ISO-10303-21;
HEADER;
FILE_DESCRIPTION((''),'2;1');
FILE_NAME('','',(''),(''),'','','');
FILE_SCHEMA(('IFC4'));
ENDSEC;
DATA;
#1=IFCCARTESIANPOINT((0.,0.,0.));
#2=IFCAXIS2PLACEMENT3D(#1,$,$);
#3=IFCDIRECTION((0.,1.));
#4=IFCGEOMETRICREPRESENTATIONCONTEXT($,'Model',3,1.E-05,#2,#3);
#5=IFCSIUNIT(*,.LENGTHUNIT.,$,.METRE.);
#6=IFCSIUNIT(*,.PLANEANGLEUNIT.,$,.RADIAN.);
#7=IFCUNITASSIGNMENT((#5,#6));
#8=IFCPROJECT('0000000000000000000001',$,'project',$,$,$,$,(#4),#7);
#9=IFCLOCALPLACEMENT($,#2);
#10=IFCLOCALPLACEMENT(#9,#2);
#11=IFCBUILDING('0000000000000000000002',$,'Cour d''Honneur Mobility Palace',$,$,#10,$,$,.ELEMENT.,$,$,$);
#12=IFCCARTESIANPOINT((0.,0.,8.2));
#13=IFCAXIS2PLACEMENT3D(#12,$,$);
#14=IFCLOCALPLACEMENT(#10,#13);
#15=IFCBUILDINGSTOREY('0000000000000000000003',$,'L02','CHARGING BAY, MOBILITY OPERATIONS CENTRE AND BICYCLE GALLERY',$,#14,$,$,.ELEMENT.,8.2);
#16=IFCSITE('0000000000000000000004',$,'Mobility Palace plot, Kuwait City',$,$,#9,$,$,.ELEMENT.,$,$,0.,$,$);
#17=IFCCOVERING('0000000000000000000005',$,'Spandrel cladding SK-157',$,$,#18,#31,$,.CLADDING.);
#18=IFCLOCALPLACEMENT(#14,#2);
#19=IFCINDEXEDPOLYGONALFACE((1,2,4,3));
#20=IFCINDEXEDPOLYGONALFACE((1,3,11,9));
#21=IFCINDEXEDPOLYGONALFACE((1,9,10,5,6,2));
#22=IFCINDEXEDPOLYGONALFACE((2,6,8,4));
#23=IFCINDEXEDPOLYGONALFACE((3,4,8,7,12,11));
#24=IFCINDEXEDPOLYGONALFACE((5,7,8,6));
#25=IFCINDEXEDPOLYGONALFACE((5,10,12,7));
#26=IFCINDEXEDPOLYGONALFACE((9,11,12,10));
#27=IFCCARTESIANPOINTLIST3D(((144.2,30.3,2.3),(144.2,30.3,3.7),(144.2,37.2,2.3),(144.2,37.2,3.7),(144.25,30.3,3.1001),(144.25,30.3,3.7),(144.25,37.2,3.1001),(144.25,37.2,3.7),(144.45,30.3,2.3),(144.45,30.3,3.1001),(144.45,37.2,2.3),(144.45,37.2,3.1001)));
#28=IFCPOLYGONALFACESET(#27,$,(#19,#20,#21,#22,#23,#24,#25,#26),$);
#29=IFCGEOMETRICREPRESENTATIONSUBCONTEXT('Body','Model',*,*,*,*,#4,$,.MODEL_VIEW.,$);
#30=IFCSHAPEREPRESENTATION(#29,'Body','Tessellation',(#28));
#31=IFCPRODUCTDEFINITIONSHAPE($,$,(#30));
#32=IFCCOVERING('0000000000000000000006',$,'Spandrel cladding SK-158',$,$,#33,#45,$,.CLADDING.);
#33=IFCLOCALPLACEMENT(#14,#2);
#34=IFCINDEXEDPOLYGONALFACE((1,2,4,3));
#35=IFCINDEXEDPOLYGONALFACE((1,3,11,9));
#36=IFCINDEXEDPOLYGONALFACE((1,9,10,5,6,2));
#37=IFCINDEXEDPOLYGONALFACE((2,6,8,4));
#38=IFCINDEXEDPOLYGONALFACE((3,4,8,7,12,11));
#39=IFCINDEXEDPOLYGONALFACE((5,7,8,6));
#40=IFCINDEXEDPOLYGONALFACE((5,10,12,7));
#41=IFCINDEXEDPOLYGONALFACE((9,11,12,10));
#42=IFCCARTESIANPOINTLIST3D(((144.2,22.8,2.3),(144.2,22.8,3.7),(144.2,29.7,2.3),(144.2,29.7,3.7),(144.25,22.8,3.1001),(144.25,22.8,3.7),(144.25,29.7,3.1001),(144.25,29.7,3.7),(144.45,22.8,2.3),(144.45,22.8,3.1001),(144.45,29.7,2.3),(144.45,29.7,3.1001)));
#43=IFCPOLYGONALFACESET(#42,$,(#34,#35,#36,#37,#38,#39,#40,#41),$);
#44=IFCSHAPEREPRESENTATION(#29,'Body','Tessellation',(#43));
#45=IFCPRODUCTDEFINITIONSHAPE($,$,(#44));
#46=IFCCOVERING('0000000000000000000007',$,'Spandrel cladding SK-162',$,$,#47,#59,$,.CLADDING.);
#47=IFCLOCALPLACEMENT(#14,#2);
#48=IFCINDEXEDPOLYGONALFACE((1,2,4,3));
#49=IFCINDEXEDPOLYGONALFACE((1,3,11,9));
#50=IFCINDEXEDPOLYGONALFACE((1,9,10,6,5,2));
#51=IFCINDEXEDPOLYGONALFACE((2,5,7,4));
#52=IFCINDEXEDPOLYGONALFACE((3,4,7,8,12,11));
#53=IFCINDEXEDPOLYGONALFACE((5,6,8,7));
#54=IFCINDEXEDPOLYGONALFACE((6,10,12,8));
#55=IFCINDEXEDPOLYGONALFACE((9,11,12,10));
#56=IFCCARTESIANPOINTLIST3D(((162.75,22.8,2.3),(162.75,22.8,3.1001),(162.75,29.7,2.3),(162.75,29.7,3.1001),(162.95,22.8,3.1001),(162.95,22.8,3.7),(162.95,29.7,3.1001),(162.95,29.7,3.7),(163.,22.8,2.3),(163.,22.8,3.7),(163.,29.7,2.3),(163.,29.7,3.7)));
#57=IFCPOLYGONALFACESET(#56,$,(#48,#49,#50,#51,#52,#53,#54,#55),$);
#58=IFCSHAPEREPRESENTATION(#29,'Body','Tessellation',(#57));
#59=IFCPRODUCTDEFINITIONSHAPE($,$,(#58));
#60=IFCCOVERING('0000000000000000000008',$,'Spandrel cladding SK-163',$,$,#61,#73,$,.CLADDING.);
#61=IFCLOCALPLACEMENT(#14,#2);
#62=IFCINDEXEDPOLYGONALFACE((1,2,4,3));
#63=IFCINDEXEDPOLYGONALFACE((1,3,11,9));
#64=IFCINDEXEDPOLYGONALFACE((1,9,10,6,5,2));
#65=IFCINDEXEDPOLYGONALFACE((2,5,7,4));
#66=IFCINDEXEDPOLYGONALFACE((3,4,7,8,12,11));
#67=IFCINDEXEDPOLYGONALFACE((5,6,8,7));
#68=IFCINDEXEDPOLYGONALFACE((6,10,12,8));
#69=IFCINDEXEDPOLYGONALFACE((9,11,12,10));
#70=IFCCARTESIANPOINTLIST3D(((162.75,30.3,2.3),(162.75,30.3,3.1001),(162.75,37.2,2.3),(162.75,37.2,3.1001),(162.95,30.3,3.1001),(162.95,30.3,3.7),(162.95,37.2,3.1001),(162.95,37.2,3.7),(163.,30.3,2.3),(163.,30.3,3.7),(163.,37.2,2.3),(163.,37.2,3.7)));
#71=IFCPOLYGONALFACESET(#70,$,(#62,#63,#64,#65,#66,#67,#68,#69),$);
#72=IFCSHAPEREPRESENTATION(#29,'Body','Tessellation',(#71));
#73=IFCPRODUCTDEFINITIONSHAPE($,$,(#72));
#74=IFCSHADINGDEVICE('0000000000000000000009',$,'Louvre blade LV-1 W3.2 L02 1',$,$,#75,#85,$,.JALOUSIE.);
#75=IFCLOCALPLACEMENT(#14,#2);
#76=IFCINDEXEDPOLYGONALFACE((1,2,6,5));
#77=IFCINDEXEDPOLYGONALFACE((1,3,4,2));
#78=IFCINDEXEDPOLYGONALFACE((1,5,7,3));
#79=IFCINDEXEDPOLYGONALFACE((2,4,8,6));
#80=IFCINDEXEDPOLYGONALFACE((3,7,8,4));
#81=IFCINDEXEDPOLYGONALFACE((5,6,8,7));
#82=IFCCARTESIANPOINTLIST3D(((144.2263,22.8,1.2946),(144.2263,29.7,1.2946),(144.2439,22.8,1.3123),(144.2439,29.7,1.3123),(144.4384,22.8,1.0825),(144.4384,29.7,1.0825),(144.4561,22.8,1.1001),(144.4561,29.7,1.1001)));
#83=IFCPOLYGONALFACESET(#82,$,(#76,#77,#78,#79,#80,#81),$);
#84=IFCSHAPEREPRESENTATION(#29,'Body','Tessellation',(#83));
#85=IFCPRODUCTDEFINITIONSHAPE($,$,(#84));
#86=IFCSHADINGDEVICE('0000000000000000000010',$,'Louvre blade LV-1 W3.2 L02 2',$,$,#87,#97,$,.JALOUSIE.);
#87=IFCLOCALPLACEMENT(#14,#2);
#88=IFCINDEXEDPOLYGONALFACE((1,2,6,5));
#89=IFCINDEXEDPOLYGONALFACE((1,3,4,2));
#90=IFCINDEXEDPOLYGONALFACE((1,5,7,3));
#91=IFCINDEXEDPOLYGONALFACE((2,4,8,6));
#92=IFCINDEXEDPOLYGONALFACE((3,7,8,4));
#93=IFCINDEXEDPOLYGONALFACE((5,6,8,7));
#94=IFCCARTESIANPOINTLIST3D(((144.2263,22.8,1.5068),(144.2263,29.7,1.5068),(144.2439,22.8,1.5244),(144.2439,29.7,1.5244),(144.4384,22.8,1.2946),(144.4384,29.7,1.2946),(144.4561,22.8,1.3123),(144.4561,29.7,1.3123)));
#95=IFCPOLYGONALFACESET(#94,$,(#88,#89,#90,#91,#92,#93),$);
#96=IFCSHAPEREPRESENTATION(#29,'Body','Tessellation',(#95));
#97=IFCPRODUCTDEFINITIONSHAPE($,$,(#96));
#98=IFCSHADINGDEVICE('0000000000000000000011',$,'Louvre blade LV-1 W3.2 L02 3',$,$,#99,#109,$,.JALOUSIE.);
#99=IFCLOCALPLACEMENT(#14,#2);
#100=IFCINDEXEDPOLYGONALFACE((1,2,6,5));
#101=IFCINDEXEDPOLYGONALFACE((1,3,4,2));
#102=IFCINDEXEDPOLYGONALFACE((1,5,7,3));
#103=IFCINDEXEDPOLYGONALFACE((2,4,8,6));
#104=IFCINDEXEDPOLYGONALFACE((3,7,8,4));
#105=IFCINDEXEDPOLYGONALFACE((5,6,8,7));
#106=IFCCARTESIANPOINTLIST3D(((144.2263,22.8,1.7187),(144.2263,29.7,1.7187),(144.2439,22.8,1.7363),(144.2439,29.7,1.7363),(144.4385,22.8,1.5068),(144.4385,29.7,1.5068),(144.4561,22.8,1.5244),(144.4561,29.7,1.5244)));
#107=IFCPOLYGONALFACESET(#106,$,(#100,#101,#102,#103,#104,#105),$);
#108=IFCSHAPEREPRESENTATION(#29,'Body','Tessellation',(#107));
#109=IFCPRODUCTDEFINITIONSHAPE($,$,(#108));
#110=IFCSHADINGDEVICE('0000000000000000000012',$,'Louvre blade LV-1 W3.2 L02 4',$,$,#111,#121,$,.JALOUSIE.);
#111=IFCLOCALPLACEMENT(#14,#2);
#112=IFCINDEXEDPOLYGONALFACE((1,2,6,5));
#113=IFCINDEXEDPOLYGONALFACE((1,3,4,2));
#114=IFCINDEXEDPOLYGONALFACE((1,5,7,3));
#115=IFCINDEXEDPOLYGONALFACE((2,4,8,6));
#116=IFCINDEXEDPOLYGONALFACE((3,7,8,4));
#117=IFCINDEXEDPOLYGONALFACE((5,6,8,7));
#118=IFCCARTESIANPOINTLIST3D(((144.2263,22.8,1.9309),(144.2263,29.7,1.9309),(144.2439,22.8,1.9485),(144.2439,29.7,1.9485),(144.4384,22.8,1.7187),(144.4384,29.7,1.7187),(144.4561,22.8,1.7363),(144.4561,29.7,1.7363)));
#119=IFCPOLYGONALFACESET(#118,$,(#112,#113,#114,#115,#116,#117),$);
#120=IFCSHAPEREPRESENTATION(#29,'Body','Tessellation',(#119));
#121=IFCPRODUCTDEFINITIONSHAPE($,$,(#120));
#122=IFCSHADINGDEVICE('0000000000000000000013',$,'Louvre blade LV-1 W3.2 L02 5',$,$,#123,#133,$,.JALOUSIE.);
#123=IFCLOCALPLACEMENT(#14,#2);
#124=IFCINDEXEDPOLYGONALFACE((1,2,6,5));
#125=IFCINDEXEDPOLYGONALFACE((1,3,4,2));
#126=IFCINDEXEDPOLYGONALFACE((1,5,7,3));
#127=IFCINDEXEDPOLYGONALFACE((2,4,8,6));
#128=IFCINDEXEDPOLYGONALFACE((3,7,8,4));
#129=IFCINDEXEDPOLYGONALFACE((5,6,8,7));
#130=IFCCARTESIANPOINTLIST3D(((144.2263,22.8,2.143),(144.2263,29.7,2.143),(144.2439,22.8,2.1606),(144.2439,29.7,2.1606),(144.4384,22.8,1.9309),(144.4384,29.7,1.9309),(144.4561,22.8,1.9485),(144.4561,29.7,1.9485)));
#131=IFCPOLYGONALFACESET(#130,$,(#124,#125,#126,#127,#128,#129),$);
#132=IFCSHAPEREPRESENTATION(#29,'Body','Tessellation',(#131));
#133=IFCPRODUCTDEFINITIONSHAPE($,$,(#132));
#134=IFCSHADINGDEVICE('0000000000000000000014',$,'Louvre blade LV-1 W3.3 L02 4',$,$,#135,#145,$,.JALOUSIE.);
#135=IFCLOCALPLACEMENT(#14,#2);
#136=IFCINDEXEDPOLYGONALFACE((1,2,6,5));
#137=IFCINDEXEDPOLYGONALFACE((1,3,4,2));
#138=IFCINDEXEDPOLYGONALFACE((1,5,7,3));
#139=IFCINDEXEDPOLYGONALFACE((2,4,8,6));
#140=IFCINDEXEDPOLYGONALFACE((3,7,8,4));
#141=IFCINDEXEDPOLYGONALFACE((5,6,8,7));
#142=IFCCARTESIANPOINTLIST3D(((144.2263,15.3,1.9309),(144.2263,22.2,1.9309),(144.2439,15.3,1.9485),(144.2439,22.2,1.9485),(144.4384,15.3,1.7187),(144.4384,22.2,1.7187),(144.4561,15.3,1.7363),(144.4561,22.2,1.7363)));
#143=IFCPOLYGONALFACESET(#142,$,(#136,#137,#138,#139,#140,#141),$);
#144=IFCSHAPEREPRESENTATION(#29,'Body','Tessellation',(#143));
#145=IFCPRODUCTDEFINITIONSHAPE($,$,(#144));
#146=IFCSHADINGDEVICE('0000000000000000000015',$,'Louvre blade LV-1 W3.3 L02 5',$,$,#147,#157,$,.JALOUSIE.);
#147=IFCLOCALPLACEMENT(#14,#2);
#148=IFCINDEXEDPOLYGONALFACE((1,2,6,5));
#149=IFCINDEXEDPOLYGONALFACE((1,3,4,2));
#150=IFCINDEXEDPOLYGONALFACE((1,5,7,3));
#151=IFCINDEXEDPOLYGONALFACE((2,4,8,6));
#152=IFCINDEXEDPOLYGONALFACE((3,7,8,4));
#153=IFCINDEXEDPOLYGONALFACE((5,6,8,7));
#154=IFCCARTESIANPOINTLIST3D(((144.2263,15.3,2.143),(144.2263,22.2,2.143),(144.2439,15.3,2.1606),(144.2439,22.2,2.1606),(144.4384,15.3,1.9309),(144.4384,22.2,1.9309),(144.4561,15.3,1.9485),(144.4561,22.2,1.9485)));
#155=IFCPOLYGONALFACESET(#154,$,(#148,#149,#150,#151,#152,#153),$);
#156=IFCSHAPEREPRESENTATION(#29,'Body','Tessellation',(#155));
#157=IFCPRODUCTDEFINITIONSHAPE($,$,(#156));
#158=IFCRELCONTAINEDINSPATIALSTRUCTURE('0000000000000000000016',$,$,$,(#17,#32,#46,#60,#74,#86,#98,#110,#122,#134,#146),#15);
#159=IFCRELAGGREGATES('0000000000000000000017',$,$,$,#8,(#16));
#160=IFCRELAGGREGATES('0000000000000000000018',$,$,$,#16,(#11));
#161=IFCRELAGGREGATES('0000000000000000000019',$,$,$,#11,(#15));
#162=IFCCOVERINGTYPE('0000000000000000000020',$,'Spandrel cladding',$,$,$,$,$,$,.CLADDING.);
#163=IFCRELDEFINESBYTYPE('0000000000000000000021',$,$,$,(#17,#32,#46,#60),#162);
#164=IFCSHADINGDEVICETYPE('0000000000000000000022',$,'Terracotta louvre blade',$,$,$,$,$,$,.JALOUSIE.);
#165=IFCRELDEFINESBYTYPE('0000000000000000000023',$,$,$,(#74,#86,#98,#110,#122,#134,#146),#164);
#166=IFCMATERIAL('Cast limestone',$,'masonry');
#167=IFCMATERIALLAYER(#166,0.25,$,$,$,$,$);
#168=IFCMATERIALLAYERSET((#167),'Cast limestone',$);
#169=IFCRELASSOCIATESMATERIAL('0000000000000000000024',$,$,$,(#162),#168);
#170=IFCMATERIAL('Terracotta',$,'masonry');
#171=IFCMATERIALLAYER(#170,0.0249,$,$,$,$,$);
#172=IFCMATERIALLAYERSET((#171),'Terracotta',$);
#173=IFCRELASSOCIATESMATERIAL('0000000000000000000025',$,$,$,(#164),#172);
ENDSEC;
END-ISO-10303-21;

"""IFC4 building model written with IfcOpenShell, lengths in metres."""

from ifc_helpers import new_model, si_unit, direction, frame, origin, place, context, subcontext, project, spatial, polyline, outline, extrude, material, layer, layer_set, type_object, element, save


model = new_model("IFC4")

# Units and contexts
model_context = context("Model", 3, precision=1e-05, world=origin(), true_north=direction((0.0, 1.0)))
body_context = subcontext(model_context, "Body", "Model", "MODEL_VIEW")
ifc_project = project(units=[si_unit("LENGTHUNIT", "METRE"), si_unit("PLANEANGLEUNIT", "RADIAN")], contexts=[model_context])

# Site, building, storey
site_placement = place(None, origin())
site = spatial("IfcSite", under=ifc_project, at=site_placement, Name="Mobility Palace plot, Kuwait City", CompositionType="ELEMENT", RefElevation=0.0)
building_placement = place(site_placement, origin())
building = spatial("IfcBuilding", under=site, at=building_placement, Name="Cour d'Honneur Mobility Palace", CompositionType="ELEMENT")
storey_placement = place(building_placement, frame((0.0, 0.0, 8.2)))
storey = spatial("IfcBuildingStorey", under=building, at=storey_placement, Name="L02", Description="CHARGING BAY, MOBILITY OPERATIONS CENTRE AND BICYCLE GALLERY", CompositionType="ELEMENT", Elevation=8.2)

# Coverings
ifc_material_1 = material(Name="Cast limestone", Category="masonry")
ifc_layer_1 = layer(ifc_material_1, 0.25)
ifc_layer_set_1 = layer_set([ifc_layer_1], Name="Cast limestone")
covering_type = type_object("IfcCoveringType", Name="Spandrel cladding", PredefinedType="CLADDING", material=ifc_layer_set_1)
for number, where, z_axis, x_axis, name in (
    (1, (144.45, 37.2, 2.3), (0.0, 1.0, 0.0), (-1.0, 0.0, 0.0), "Spandrel cladding SK-157"),
    (2, (144.45, 29.7, 2.3), (0.0, 1.0, 0.0), (-1.0, 0.0, 0.0), "Spandrel cladding SK-158"),
    (3, (162.75, 22.8, 2.3), (0.0, -1.0, 0.0), (1.0, 0.0, 0.0), "Spandrel cladding SK-162"),
    (4, (162.75, 30.3, 2.3), (0.0, -1.0, 0.0), (1.0, 0.0, 0.0), "Spandrel cladding SK-163"),
):
    element("IfcCovering", number, at=place(storey_placement, frame(where, z_axis=z_axis, x_axis=x_axis)), inside=storey, type_object=covering_type, Name=name, PredefinedType="CLADDING", context=body_context, shape_type="SweptSolid", body=[
        extrude(outline(polyline([(0.0, 0.0), (0.25, 0.0), (0.25, 1.3999), (0.2, 1.3999), (0.2, 0.8), (0.0, 0.8), (0.0, 0.0)])), origin(), (0.0, 0.0, -1.0), 6.8999),
    ])

# Shading devices
ifc_material_2 = material(Name="Terracotta", Category="masonry")
ifc_layer_2 = layer(ifc_material_2, 0.0249)
ifc_layer_set_2 = layer_set([ifc_layer_2], Name="Terracotta")
shading_device_type = type_object("IfcShadingDeviceType", Name="Terracotta louvre blade", PredefinedType="JALOUSIE", material=ifc_layer_set_2)
for number, where, z_axis, x_axis, name in (
    (5, (144.4561, 29.7, 1.1001), (0.707107, 0.0, 0.707107), (0.0, -1.0, 0.0), "Louvre blade LV-1 W3.2 L02 1"),
    (6, (144.4561, 29.7, 1.3123), (0.707107, 0.0, 0.707107), (0.0, -1.0, 0.0), "Louvre blade LV-1 W3.2 L02 2"),
):
    element("IfcShadingDevice", number, at=place(storey_placement, frame(where, z_axis=z_axis, x_axis=x_axis)), inside=storey, type_object=shading_device_type, Name=name, PredefinedType="JALOUSIE", context=body_context, shape_type="SweptSolid", body=[
        extrude(outline(polyline([(0.0, 0.0), (6.8999, 0.0), (6.8999, -0.3), (0.0, -0.3), (0.0, 0.0)])), origin(), (0.0, 0.0, -1.0), 0.0249),
    ])
shading_device_placement = place(storey_placement, frame((144.4561, 29.7, 1.5244), z_axis=(0.7067, 0.0, 0.707514), x_axis=(0.0, -1.0, 0.0)))
element("IfcShadingDevice", 7, at=shading_device_placement, inside=storey, type_object=shading_device_type, Name="Louvre blade LV-1 W3.2 L02 3", PredefinedType="JALOUSIE", context=body_context, shape_type="SweptSolid", body=[
    extrude(outline(polyline([(0.0, 0.0), (6.8999, 0.0), (6.8999, -0.2999), (0.0, -0.2999), (0.0, 0.0)])), origin(), (0.0, 0.0, -1.0), 0.0249),
])
for number, where, z_axis, x_axis, name in (
    (8, (144.4561, 29.7, 1.7363), (0.707107, 0.0, 0.707107), (0.0, -1.0, 0.0), "Louvre blade LV-1 W3.2 L02 4"),
    (9, (144.4561, 29.7, 1.9485), (0.707107, 0.0, 0.707107), (0.0, -1.0, 0.0), "Louvre blade LV-1 W3.2 L02 5"),
    (10, (144.4561, 22.2, 1.7363), (0.707107, 0.0, 0.707107), (0.0, -1.0, 0.0), "Louvre blade LV-1 W3.3 L02 4"),
    (11, (144.4561, 22.2, 1.9485), (0.707107, 0.0, 0.707107), (0.0, -1.0, 0.0), "Louvre blade LV-1 W3.3 L02 5"),
):
    element("IfcShadingDevice", number, at=place(storey_placement, frame(where, z_axis=z_axis, x_axis=x_axis)), inside=storey, type_object=shading_device_type, Name=name, PredefinedType="JALOUSIE", context=body_context, shape_type="SweptSolid", body=[
        extrude(outline(polyline([(0.0, 0.0), (6.8999, 0.0), (6.8999, -0.3), (0.0, -0.3), (0.0, 0.0)])), origin(), (0.0, 0.0, -1.0), 0.0249),
    ])

save(model, "model.ifc")
